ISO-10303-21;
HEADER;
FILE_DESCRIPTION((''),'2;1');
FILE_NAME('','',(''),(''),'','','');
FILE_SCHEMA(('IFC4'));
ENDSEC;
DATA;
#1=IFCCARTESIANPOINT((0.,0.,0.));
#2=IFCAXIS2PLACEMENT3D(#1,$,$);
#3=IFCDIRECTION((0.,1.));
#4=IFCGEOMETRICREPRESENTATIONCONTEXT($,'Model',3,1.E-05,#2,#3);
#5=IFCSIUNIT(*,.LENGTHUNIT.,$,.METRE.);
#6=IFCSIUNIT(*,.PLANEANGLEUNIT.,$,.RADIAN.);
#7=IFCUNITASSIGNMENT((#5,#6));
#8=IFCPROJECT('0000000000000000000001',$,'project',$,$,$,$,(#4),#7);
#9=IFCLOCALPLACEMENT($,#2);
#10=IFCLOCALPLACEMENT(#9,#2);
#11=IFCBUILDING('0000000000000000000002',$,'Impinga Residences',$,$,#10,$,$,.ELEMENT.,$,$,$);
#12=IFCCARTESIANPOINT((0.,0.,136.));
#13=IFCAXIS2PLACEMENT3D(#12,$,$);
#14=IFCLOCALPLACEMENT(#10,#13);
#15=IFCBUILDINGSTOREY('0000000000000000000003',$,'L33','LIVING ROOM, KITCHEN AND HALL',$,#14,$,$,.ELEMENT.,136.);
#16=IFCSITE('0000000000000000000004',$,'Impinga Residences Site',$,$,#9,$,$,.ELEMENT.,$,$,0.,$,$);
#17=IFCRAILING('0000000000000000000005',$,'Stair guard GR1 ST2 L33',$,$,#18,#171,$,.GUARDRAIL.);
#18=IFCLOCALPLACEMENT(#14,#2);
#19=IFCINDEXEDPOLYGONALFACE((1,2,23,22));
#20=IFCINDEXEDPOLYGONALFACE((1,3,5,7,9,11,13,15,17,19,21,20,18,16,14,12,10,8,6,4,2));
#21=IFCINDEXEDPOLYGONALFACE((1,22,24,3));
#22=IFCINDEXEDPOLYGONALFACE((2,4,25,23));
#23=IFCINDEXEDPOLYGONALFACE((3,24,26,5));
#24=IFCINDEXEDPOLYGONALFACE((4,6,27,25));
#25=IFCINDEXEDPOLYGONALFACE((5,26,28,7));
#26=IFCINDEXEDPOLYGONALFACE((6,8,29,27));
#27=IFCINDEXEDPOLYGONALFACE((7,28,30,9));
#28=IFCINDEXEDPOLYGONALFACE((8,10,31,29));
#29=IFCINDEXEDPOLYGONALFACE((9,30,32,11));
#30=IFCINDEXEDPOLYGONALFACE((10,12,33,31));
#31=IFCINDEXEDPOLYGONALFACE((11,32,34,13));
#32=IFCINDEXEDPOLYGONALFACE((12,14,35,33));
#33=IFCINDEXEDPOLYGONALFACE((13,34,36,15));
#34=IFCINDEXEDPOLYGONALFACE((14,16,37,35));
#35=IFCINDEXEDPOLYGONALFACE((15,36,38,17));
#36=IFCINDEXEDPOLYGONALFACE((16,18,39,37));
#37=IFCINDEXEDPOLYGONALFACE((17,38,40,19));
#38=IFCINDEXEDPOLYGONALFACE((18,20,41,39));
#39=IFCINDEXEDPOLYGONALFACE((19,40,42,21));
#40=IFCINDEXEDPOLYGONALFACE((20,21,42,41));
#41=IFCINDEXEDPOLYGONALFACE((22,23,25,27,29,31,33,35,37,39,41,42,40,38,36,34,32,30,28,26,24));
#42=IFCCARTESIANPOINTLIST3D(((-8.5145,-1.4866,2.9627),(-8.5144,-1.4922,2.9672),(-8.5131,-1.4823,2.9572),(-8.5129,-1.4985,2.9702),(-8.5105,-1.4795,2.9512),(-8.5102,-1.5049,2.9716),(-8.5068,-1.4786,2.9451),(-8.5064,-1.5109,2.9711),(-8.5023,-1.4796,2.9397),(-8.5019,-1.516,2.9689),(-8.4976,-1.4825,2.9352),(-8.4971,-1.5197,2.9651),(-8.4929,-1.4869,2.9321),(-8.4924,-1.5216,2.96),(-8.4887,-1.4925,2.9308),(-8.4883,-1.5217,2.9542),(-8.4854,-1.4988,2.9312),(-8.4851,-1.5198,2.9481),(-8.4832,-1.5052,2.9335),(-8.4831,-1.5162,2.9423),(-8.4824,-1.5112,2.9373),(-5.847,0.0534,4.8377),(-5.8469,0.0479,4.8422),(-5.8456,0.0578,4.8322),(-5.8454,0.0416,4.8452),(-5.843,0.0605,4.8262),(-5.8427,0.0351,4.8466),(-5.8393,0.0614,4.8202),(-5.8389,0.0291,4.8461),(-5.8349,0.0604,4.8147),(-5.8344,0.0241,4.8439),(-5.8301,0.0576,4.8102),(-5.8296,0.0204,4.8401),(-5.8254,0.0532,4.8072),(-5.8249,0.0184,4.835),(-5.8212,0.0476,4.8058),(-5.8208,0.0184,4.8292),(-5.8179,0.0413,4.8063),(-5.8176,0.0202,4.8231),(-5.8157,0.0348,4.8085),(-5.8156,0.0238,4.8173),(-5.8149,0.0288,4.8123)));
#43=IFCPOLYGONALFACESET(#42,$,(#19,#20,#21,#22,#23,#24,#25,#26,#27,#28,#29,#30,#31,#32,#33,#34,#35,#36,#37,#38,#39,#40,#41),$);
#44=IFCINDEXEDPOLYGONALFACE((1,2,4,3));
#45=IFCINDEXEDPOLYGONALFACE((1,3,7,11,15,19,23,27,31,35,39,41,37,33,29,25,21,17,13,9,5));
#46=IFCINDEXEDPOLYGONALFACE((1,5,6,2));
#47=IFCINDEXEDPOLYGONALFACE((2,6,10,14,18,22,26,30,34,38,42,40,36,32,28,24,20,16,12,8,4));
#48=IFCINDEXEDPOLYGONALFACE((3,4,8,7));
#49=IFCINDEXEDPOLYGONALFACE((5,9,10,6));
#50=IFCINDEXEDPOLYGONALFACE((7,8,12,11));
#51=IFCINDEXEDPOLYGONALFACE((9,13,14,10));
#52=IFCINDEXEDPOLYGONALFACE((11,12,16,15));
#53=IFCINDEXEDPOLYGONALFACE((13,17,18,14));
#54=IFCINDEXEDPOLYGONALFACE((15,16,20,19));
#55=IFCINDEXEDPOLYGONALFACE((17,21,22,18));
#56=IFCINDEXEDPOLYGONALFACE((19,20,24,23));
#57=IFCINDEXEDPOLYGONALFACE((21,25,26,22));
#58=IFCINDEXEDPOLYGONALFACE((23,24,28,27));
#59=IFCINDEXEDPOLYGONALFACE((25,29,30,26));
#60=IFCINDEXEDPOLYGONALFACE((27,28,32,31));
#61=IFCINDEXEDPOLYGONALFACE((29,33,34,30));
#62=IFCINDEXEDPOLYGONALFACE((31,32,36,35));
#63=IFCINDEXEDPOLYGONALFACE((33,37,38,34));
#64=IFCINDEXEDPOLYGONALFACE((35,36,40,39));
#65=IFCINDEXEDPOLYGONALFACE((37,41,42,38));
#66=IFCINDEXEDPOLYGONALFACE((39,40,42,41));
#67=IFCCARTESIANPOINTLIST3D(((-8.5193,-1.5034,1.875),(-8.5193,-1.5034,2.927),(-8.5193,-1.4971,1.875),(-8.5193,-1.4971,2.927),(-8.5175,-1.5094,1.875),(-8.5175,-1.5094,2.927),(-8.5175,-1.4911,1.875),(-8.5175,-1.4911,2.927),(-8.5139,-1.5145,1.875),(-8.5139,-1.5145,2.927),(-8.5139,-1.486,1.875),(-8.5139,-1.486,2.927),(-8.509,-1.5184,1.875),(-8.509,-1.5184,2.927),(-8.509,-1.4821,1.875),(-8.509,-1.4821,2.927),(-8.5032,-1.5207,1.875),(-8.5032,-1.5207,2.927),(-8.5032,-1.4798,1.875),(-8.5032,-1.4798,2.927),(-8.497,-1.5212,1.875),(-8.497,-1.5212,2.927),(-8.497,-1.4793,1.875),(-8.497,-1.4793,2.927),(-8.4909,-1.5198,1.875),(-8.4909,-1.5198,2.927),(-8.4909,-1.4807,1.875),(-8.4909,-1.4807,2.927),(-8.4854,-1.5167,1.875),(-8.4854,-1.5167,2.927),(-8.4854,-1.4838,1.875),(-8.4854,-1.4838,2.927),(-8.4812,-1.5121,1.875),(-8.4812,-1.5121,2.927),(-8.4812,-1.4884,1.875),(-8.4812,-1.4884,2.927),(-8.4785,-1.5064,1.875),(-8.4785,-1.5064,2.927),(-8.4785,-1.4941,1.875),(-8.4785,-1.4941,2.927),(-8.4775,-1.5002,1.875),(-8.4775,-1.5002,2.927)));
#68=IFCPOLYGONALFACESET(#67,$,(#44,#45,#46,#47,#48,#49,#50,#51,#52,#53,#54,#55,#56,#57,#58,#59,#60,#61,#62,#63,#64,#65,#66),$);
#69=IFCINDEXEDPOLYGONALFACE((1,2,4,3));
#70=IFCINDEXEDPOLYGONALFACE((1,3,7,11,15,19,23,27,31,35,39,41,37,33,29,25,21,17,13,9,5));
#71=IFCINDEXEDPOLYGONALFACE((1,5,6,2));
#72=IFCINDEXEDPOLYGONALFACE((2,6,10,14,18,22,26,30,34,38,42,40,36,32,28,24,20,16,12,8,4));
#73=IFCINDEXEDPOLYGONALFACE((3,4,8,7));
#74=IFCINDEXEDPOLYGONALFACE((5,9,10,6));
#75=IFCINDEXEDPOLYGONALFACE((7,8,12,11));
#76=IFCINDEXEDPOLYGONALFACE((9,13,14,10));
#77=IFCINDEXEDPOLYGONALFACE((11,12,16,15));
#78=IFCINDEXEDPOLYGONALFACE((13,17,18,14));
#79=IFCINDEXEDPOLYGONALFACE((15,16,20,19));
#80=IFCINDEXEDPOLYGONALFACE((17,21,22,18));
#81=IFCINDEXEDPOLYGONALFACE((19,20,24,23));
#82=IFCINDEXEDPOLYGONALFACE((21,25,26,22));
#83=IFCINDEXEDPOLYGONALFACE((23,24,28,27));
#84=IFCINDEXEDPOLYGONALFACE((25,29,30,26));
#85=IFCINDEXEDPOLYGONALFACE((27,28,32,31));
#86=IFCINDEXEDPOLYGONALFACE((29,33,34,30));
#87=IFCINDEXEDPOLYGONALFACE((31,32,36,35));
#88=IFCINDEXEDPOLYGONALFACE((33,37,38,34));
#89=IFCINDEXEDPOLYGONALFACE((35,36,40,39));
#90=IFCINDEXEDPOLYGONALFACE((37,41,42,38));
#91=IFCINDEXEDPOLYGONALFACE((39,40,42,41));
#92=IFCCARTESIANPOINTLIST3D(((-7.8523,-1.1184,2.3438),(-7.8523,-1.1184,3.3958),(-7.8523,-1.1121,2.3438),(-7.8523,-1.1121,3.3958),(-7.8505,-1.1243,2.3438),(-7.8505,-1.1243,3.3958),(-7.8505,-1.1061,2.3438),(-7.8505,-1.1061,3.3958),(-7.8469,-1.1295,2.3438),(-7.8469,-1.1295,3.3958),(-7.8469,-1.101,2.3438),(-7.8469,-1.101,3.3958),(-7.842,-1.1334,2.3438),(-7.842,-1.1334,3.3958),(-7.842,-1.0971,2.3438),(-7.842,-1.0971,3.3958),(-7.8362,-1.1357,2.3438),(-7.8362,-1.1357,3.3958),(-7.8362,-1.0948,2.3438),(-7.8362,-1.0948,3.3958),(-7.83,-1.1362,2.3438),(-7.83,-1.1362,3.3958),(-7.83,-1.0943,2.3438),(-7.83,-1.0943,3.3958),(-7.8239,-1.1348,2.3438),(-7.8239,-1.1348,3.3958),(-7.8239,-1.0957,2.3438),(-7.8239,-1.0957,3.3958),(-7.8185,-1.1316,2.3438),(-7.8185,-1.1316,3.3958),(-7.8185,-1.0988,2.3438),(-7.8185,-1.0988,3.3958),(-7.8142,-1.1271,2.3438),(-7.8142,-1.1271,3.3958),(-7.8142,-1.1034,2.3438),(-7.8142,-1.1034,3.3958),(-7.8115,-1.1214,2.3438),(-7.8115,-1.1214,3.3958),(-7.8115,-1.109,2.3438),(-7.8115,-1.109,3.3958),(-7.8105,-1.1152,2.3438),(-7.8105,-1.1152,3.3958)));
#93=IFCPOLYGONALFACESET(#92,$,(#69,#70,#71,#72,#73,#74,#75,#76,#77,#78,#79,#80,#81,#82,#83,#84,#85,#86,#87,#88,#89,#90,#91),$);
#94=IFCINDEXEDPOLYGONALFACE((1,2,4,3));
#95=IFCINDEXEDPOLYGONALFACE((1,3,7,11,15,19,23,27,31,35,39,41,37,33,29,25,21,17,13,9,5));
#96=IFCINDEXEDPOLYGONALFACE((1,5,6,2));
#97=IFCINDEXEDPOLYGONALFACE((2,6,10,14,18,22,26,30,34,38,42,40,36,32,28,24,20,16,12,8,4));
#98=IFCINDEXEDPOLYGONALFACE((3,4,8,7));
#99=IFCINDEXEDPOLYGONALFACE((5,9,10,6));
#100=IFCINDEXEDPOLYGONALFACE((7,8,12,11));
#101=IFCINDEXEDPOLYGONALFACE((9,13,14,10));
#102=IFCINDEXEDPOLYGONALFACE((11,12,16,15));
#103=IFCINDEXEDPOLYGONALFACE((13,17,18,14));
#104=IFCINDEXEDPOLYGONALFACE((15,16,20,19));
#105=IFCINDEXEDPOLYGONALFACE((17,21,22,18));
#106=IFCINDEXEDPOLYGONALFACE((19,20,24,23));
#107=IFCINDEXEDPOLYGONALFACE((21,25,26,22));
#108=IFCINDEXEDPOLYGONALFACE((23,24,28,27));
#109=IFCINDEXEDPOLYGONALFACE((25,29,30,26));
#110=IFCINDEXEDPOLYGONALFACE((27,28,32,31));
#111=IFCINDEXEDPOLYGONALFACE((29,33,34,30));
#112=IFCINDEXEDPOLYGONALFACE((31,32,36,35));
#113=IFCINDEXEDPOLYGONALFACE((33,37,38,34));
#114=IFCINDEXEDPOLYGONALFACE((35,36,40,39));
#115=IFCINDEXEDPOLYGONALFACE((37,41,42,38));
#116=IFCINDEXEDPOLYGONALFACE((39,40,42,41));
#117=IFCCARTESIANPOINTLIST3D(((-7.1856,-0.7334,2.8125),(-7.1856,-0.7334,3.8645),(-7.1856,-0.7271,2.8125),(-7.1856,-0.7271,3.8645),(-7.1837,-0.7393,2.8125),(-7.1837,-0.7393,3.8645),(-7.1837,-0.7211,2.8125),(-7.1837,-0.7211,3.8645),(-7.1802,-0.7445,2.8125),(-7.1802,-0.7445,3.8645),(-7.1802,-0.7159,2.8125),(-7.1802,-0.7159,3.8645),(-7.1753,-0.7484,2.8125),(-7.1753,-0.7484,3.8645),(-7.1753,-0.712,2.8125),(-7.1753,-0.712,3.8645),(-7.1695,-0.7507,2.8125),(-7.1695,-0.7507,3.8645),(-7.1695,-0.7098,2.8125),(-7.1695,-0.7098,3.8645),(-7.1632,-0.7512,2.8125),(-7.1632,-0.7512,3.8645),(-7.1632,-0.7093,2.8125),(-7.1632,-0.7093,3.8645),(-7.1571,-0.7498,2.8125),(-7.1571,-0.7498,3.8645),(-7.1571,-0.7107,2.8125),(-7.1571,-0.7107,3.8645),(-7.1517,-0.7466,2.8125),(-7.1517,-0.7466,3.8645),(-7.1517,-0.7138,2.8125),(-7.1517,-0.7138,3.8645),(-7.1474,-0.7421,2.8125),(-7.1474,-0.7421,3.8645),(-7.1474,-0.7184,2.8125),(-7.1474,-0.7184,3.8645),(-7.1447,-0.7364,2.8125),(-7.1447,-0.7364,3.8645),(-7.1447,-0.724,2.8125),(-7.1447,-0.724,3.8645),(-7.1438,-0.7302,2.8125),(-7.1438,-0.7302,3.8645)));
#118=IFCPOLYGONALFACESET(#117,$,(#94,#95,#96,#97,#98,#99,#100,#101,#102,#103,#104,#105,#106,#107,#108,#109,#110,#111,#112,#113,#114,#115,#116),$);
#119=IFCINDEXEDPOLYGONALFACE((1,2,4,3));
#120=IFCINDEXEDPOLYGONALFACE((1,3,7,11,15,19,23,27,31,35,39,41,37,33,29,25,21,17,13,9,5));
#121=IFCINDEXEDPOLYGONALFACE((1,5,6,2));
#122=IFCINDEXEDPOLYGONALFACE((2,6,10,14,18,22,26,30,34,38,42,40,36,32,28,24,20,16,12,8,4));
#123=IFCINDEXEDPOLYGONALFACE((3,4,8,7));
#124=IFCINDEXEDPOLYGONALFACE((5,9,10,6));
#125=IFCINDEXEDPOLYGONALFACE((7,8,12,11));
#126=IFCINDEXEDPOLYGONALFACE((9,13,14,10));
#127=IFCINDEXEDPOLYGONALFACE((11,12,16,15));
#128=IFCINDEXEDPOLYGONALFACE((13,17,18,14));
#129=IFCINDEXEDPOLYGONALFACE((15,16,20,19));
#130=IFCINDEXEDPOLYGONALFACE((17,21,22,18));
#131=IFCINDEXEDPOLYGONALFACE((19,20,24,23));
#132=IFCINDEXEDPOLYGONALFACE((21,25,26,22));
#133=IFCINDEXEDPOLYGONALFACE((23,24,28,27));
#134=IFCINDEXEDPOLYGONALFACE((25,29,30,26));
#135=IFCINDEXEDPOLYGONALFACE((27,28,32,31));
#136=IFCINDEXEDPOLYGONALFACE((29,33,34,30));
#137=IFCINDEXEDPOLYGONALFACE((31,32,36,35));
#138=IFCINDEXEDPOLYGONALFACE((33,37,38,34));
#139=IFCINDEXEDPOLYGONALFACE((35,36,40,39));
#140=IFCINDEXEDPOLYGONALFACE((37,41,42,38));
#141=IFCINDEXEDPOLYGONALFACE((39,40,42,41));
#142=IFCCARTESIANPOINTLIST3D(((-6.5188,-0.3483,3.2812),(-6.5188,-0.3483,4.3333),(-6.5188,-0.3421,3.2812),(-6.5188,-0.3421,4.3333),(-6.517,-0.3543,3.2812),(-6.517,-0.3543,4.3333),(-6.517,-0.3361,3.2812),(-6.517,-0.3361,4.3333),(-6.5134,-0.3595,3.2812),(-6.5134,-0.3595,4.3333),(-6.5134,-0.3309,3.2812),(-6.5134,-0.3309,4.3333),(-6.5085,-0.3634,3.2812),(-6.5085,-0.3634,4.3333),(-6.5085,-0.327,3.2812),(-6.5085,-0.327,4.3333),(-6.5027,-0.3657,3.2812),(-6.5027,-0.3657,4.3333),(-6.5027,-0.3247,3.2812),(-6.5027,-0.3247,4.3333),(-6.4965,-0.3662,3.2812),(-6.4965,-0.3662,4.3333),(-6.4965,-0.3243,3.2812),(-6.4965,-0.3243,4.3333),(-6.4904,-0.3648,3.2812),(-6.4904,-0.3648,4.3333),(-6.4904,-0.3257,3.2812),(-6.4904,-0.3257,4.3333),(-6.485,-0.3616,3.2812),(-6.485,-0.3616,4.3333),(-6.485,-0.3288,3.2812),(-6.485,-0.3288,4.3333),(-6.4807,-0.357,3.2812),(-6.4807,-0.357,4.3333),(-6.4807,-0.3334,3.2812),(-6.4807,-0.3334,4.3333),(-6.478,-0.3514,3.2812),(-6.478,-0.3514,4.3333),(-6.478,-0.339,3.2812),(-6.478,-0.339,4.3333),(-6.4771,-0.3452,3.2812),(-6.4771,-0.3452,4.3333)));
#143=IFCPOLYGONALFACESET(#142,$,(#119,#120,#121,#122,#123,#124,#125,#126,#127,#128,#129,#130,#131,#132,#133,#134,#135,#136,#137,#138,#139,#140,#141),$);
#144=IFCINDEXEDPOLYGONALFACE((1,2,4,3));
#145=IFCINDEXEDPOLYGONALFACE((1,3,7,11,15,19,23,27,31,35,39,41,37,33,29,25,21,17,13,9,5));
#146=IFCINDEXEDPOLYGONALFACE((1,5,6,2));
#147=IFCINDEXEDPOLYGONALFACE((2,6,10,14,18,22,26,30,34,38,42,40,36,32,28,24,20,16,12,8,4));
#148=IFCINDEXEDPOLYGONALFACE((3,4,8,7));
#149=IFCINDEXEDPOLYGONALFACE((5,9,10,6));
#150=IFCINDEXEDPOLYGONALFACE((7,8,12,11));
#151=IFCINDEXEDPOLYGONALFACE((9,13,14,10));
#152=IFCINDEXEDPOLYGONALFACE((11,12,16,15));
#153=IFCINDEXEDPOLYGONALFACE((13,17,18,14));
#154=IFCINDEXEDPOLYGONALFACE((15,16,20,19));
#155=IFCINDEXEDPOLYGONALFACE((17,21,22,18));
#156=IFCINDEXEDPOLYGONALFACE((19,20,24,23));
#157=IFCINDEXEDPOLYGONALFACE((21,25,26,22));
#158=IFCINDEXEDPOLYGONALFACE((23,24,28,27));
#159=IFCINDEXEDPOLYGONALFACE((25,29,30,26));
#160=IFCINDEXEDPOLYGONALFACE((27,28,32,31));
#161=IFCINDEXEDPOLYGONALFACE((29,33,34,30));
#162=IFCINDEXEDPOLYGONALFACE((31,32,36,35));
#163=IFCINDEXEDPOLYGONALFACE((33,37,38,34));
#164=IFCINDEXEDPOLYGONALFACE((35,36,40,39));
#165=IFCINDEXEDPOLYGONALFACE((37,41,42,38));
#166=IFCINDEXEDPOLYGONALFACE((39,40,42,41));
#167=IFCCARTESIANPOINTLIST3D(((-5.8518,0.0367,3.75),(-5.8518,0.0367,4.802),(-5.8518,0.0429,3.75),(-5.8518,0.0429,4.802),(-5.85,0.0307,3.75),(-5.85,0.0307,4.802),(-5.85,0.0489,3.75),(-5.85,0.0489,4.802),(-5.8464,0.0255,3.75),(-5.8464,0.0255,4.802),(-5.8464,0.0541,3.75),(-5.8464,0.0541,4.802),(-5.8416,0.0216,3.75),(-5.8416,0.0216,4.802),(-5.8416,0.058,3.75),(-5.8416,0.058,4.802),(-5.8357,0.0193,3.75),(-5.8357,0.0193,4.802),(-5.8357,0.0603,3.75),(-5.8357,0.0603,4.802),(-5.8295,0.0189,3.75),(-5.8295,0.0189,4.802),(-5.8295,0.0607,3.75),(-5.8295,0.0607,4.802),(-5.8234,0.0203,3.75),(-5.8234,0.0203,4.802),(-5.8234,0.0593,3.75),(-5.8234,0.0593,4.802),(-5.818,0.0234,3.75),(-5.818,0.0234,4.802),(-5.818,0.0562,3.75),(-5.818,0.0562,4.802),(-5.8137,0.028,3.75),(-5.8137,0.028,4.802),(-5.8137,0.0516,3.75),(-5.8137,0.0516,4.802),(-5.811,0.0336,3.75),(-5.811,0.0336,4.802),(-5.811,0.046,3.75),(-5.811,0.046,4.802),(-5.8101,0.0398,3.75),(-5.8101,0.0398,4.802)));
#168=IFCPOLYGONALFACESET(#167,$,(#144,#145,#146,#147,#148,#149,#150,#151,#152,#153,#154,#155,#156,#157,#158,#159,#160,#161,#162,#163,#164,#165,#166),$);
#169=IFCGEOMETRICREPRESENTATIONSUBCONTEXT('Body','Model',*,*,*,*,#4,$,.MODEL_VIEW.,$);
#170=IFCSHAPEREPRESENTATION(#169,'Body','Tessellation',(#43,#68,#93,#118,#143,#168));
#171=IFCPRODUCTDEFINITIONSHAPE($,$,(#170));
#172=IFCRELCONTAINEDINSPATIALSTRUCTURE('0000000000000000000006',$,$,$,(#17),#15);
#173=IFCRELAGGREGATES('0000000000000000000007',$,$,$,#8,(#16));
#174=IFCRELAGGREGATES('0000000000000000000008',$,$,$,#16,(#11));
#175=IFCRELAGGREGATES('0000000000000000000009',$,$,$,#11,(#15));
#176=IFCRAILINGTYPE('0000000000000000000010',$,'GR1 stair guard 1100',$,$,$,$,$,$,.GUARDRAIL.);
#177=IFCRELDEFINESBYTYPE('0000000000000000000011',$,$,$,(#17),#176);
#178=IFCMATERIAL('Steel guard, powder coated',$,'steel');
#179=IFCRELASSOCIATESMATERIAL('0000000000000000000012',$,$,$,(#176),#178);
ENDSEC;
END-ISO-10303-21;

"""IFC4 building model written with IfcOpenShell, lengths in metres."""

from ifc_helpers import new_model, si_unit, direction, frame, origin, origin_2d, place, context, subcontext, project, spatial, circle, extrude, material, type_object, element, save


model = new_model("IFC4")

# Units and contexts
model_context = context("Model", 3, precision=1e-05, world=origin(), true_north=direction((0.0, 1.0)))
body_context = subcontext(model_context, "Body", "Model", "MODEL_VIEW")
ifc_project = project(units=[si_unit("LENGTHUNIT", "METRE"), si_unit("PLANEANGLEUNIT", "RADIAN")], contexts=[model_context])

# Site, building, storey
site_placement = place(None, origin())
site = spatial("IfcSite", under=ifc_project, at=site_placement, Name="Impinga Residences Site", CompositionType="ELEMENT", RefElevation=0.0)
building_placement = place(site_placement, origin())
building = spatial("IfcBuilding", under=site, at=building_placement, Name="Impinga Residences", CompositionType="ELEMENT")
storey_placement = place(building_placement, frame((0.0, 0.0, 136.0)))
storey = spatial("IfcBuildingStorey", under=building, at=storey_placement, Name="L33", Description="LIVING ROOM, KITCHEN AND HALL", CompositionType="ELEMENT", Elevation=136.0)

# Railing
ifc_material_1 = material(Name="Steel guard, powder coated", Category="steel")
railing_type_1 = type_object("IfcRailingType", Name="GR1 stair guard 1100", PredefinedType="GUARDRAIL", material=ifc_material_1)
railing_1_placement = place(storey_placement, frame((-8.4985, -1.5002, 1.875)))
element("IfcRailing", 1, at=railing_1_placement, inside=storey, type_object=railing_type_1, Name="Stair guard GR1 ST2 L33", PredefinedType="GUARDRAIL", context=body_context, shape_type="SweptSolid", body=[
    extrude(circle(Radius=0.0239, at=origin_2d()), frame((0.0, 0.0, 1.0762), z_axis=(0.739746, 0.427084, 0.519975), x_axis=(-0.499992, 0.86603, 0.0)), (0.0, 0.0, 1.0), 3.606),
    extrude(circle(Radius=0.021, at=origin_2d()), origin(), (0.0, 0.0, 1.0), 1.052),
    extrude(circle(Radius=0.021, at=origin_2d()), frame((0.667, 0.385, 0.4688)), (0.0, 0.0, 1.0), 1.052),
    extrude(circle(Radius=0.021, at=origin_2d()), frame((1.3337, 0.77, 0.9375)), (0.0, 0.0, 1.0), 1.052),
    extrude(circle(Radius=0.021, at=origin_2d()), frame((2.0005, 1.155, 1.4062)), (0.0, 0.0, 1.0), 1.052),
    extrude(circle(Radius=0.021, at=origin_2d()), frame((2.6675, 1.54, 1.875)), (0.0, 0.0, 1.0), 1.052),
])

save(model, "model.ifc")
